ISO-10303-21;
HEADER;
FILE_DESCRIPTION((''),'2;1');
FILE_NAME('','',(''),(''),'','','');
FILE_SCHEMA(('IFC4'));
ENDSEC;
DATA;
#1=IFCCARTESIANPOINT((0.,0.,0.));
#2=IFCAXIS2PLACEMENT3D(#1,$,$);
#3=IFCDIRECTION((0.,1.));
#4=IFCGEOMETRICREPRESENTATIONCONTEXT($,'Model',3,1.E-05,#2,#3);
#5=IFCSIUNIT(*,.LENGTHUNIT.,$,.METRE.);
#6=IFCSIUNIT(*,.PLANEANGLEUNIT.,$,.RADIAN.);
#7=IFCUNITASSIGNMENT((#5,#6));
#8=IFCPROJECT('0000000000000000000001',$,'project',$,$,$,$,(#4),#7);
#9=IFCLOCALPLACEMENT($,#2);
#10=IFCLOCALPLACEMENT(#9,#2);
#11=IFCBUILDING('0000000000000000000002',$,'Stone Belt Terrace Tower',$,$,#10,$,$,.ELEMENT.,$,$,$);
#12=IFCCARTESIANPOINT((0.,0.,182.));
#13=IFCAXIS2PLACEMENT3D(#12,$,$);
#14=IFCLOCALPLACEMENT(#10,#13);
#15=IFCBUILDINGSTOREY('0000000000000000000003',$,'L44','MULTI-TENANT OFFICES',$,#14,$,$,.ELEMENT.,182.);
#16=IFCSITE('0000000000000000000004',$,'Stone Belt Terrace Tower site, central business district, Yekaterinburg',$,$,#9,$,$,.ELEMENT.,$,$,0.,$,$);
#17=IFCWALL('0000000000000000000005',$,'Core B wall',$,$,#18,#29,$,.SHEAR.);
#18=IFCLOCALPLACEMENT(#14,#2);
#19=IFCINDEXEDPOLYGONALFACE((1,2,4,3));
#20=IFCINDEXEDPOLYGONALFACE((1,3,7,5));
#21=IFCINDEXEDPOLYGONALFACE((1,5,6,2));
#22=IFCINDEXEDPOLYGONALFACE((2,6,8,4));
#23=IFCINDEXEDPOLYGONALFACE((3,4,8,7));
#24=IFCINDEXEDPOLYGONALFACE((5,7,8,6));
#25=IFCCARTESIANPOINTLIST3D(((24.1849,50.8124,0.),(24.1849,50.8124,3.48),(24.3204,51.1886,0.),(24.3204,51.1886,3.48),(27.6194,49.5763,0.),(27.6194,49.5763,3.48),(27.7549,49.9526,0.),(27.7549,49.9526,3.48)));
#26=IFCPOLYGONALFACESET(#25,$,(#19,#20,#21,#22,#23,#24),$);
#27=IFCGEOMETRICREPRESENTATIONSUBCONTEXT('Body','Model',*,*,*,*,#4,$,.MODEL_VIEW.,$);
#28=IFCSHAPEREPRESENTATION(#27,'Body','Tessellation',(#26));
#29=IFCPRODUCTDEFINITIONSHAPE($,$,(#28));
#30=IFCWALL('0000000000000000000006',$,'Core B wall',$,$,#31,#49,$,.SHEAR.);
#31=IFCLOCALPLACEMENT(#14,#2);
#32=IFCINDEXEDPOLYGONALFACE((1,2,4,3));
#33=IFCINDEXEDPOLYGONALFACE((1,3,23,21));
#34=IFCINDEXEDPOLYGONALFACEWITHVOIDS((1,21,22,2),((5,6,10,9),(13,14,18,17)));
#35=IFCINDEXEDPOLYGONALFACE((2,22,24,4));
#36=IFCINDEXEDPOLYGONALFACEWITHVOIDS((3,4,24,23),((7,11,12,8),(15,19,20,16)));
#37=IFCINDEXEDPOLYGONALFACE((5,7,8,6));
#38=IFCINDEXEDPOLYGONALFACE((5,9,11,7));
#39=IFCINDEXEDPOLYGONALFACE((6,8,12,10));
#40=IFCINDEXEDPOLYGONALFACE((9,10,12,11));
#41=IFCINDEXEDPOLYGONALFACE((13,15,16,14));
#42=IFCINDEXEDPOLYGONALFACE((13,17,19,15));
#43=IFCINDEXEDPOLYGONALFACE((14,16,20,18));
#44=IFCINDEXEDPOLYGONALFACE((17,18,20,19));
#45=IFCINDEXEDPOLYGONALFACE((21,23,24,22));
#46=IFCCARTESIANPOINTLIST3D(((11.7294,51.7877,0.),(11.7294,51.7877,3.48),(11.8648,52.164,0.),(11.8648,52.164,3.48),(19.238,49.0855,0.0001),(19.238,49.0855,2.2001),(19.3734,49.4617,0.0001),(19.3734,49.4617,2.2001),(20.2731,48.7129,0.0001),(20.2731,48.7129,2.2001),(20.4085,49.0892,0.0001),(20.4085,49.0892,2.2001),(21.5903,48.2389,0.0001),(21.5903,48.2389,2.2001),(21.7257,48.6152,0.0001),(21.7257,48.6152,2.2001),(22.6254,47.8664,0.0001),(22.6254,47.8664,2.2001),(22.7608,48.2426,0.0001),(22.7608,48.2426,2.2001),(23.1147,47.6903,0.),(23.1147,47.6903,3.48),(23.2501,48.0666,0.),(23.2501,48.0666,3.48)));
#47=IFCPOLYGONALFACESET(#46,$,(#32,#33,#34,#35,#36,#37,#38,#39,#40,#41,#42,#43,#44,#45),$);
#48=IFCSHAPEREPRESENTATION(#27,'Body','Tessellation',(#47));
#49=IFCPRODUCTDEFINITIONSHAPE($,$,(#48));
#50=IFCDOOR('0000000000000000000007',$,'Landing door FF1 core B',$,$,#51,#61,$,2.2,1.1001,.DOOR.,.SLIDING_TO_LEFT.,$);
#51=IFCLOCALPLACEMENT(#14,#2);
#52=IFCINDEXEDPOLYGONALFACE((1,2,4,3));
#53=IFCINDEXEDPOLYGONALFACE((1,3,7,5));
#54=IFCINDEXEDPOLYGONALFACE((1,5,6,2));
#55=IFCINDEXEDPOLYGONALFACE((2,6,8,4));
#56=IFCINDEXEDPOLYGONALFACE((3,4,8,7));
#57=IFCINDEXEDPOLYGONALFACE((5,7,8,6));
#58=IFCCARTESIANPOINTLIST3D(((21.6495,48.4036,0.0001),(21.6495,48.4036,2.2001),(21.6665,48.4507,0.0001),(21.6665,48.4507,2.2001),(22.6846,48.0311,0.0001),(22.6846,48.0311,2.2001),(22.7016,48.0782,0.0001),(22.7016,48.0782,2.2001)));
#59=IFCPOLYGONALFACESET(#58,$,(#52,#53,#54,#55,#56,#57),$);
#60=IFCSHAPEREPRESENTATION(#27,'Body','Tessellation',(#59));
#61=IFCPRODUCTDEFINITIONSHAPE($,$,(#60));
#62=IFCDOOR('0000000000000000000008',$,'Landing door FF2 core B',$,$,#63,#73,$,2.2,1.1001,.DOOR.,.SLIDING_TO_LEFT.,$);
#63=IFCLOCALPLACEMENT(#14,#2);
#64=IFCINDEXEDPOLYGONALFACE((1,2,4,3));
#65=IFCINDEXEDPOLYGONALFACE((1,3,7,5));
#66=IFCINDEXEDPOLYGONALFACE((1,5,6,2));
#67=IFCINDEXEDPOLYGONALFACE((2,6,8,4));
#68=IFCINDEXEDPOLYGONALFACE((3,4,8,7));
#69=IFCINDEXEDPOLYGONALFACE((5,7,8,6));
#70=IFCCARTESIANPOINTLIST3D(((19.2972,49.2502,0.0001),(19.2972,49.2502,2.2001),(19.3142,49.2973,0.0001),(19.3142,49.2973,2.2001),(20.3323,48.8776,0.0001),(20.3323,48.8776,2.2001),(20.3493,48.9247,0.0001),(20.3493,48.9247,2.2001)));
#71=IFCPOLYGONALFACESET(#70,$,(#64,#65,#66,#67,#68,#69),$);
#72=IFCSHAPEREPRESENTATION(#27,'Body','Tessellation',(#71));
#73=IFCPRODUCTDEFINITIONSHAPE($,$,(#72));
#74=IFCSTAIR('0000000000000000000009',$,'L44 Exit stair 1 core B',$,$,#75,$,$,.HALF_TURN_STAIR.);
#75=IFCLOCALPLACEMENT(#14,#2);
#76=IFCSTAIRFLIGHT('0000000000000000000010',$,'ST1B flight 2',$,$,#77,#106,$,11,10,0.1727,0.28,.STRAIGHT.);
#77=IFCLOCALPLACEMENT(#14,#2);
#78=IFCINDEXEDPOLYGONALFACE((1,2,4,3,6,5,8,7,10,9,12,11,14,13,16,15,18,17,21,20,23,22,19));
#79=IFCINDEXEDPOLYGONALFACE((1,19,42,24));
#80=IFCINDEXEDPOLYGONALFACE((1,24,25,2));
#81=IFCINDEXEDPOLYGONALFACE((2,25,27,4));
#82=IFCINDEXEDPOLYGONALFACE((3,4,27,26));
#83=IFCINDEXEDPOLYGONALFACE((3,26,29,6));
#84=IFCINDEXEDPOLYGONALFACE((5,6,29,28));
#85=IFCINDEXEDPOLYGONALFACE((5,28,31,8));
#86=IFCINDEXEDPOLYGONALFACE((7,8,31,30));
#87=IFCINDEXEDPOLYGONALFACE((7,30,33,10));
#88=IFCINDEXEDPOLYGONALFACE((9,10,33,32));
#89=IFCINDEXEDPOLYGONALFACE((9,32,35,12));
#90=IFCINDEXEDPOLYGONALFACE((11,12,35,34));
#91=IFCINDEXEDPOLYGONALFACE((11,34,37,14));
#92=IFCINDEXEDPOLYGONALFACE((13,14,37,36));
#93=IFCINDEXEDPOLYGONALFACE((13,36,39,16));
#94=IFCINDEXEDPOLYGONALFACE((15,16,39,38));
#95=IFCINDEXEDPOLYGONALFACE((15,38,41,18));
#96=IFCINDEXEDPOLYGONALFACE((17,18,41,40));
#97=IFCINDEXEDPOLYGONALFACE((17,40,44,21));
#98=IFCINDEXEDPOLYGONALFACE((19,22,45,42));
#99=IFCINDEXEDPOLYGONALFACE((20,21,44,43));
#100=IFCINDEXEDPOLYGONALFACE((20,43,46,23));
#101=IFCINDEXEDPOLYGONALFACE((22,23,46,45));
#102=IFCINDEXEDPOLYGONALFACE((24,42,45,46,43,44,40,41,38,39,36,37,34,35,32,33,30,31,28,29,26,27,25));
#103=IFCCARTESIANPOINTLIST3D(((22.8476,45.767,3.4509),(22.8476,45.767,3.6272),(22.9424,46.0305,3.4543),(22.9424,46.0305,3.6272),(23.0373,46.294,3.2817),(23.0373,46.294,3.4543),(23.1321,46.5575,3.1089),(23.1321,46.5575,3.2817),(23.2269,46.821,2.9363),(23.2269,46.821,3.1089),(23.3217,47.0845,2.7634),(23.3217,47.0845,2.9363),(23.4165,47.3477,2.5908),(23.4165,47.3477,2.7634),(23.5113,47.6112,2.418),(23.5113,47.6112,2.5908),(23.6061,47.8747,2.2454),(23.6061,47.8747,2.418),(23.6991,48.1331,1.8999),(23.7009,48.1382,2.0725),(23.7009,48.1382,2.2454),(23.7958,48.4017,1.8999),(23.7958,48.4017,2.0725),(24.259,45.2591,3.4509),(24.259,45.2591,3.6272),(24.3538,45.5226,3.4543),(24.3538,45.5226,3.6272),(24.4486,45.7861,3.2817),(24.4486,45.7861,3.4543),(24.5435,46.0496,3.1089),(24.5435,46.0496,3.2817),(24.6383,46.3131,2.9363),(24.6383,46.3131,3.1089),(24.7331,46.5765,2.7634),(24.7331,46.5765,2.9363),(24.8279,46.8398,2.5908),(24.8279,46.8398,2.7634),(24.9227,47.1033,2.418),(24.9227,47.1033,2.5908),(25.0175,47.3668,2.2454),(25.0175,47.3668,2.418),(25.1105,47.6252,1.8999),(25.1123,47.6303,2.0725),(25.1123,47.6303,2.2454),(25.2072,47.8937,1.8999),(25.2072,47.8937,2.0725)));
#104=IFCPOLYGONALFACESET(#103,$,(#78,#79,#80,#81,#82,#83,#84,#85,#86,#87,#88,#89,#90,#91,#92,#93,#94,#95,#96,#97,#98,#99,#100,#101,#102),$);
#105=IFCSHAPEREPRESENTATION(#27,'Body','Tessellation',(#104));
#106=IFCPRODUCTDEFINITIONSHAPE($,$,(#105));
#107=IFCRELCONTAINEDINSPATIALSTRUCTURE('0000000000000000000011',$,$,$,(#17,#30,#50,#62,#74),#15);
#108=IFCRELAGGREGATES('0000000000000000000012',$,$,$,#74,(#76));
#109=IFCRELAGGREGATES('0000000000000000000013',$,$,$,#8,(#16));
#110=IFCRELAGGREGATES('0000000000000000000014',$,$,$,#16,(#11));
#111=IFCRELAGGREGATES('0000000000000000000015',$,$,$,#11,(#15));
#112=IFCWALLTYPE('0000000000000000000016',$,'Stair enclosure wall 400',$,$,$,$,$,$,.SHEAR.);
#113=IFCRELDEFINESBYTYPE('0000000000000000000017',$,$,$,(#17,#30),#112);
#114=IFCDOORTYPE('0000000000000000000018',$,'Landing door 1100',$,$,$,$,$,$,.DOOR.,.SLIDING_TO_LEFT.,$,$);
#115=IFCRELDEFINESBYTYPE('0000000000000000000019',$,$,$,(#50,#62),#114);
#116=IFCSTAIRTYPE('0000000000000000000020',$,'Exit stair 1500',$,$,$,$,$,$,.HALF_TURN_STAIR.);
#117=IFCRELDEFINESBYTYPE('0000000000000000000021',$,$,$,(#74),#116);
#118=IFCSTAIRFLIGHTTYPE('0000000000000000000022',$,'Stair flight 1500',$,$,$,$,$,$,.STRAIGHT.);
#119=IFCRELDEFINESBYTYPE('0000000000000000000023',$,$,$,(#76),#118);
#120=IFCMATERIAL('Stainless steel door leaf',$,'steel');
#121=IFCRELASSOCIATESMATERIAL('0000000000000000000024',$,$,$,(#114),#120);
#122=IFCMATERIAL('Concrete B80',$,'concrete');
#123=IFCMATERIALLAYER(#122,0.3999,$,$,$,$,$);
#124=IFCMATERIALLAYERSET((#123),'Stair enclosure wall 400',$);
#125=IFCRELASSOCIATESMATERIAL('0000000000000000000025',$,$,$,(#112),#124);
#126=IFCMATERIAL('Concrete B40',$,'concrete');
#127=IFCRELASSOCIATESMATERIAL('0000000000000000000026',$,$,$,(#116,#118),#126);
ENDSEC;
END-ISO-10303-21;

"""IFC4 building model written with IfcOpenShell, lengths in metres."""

from ifc_helpers import new_model, si_unit, direction, frame, frame_2d, origin, place, context, subcontext, project, spatial, polyline, rectangle, outline, extrude, material, layer, layer_set, type_object, element, fill, aggregate, save


model = new_model("IFC4")

# Units and contexts
model_context = context("Model", 3, precision=1e-05, world=origin(), true_north=direction((0.0, 1.0)))
body_context = subcontext(model_context, "Body", "Model", "MODEL_VIEW")
ifc_project = project(units=[si_unit("LENGTHUNIT", "METRE"), si_unit("PLANEANGLEUNIT", "RADIAN")], contexts=[model_context])

# Site, building, storey
site_placement = place(None, origin())
site = spatial("IfcSite", under=ifc_project, at=site_placement, Name="Stone Belt Terrace Tower site, central business district, Yekaterinburg", CompositionType="ELEMENT", RefElevation=0.0)
building_placement = place(site_placement, origin())
building = spatial("IfcBuilding", under=site, at=building_placement, Name="Stone Belt Terrace Tower", CompositionType="ELEMENT")
storey_placement = place(building_placement, frame((0.0, 0.0, 182.0)))
storey = spatial("IfcBuildingStorey", under=building, at=storey_placement, Name="L44", Description="MULTI-TENANT OFFICES", CompositionType="ELEMENT", Elevation=182.0)

# Shared definitions
ifc_material_1 = material(Name="Concrete B80", Category="concrete")

# Shared definitions
ifc_material_2 = material(Name="Stainless steel door leaf", Category="steel")

# Shared definitions
door_type_1 = type_object("IfcDoorType", Name="Landing door 1100", OperationType="SLIDING_TO_LEFT", PredefinedType="DOOR", material=ifc_material_2)

# Wall
ifc_layer_1 = layer(ifc_material_1, 0.3999)
ifc_layer_set_1 = layer_set([ifc_layer_1], Name="Stair enclosure wall 400")
wall_type_1 = type_object("IfcWallType", Name="Stair enclosure wall 400", PredefinedType="SHEAR", material=ifc_layer_set_1)
wall_1_placement = place(storey_placement, frame((27.6873, 49.7644, 0.0), z_axis=(0.0, 0.0, 1.0), x_axis=(-0.940919, 0.338632, 0.0)))
element("IfcWall", 1, at=wall_1_placement, inside=storey, type_object=wall_type_1, Name="Core B wall", PredefinedType="SHEAR", context=body_context, shape_type="SweptSolid", body=[
    extrude(rectangle(XDim=3.6501, YDim=0.3999, at=frame_2d((1.8252, 0.0))), origin(), (0.0, 0.0, 1.0), 3.48),
])

# Wall, openings, doors
wall_2_placement = place(storey_placement, frame((23.1824, 47.8784, 0.0), z_axis=(0.0, 0.0, 1.0), x_axis=(-0.940921, 0.338626, 0.0)))
wall_2 = element("IfcWall", 2, at=wall_2_placement, inside=storey, type_object=wall_type_1, Name="Core B wall", PredefinedType="SHEAR", context=body_context, shape_type="SweptSolid", body=[
    extrude(rectangle(XDim=12.1001, YDim=0.3999, at=frame_2d((6.05, 0.0))), origin(), (0.0, 0.0, 1.0), 3.48),
])
opening_1_placement = place(wall_2_placement, frame((0.52, 0.0, 0.0)))
opening_1 = element("IfcOpeningElement", 3, at=opening_1_placement, cuts=wall_2, PredefinedType="OPENING", context=body_context, shape_type="SweptSolid", body=[
    extrude(rectangle(XDim=1.1001, YDim=2.2, at=frame_2d((0.55, 1.1001))), frame((0.0, 0.21, 0.0), z_axis=(0.0, -1.0, 0.0), x_axis=(1.0, 0.0, 0.0)), (0.0, 0.0, 1.0), 0.4199),
])
opening_2_placement = place(wall_2_placement, frame((3.02, 0.0, 0.0)))
opening_2 = element("IfcOpeningElement", 4, at=opening_2_placement, cuts=wall_2, PredefinedType="OPENING", context=body_context, shape_type="SweptSolid", body=[
    extrude(rectangle(XDim=1.1001, YDim=2.2, at=frame_2d((0.55, 1.1001))), frame((0.0, 0.21, 0.0), z_axis=(0.0, -1.0, 0.0), x_axis=(1.0, 0.0, 0.0)), (0.0, 0.0, 1.0), 0.4199),
])
door_1_placement = place(opening_1_placement, origin())
door_1 = element("IfcDoor", 5, at=door_1_placement, inside=storey, type_object=door_type_1, Name="Landing door FF1 core B", OperationType="SLIDING_TO_LEFT", OverallHeight=2.2, OverallWidth=1.1001, PredefinedType="DOOR", context=body_context, shape_type="SweptSolid", body=[
    extrude(rectangle(XDim=1.1001, YDim=2.2, at=frame_2d((0.55, 1.1001))), frame((0.0, 0.0249, 0.0), z_axis=(0.0, -1.0, 0.0), x_axis=(1.0, 0.0, 0.0)), (0.0, 0.0, 1.0), 0.05),
])
fill(opening_1, door_1)
door_2_placement = place(opening_2_placement, origin())
door_2 = element("IfcDoor", 6, at=door_2_placement, inside=storey, type_object=door_type_1, Name="Landing door FF2 core B", OperationType="SLIDING_TO_LEFT", OverallHeight=2.2, OverallWidth=1.1001, PredefinedType="DOOR", context=body_context, shape_type="SweptSolid", body=[
    extrude(rectangle(XDim=1.1001, YDim=2.2, at=frame_2d((0.55, 1.1001))), frame((0.0, 0.0249, 0.0), z_axis=(0.0, -1.0, 0.0), x_axis=(1.0, 0.0, 0.0)), (0.0, 0.0, 1.0), 0.05),
])
fill(opening_2, door_2)

# Stair, stair flight
ifc_material_3 = material(Name="Concrete B40", Category="concrete")
stair_type = type_object("IfcStairType", Name="Exit stair 1500", PredefinedType="HALF_TURN_STAIR", material=ifc_material_3)
stair_placement = place(storey_placement, origin())
stair = element("IfcStair", 7, at=stair_placement, inside=storey, type_object=stair_type, Name="L44 Exit stair 1 core B", PredefinedType="HALF_TURN_STAIR")
stair_flight_type = type_object("IfcStairFlightType", Name="Stair flight 1500", PredefinedType="STRAIGHT", material=ifc_material_3)
stair_flight_placement = place(storey_placement, frame((24.5015, 48.1477, 1.8999), z_axis=(0.0, 0.0, 1.0), x_axis=(-0.338624, -0.940922, 0.0)))
stair_flight = element("IfcStairFlight", 8, at=stair_flight_placement, type_object=stair_flight_type, Name="ST1B flight 2", NumberOfRisers=11, NumberOfTreads=10, PredefinedType="STRAIGHT", RiserHeight=0.1727, TreadLength=0.28, context=body_context, shape_type="SweptSolid", body=[
    extrude(outline(polyline([(0.0, 0.0), (0.0, 0.1726), (0.28, 0.1726), (0.28, 0.3455), (0.5601, 0.3455), (0.5601, 0.5181), (0.8401, 0.5181), (0.8401, 0.6909), (1.1201, 0.6909), (1.1201, 0.8635), (1.3999, 0.8635), (1.3999, 1.0364), (1.6799, 1.0364), (1.6799, 1.209), (1.96, 1.209), (1.96, 1.3818), (2.24, 1.3818), (2.24, 1.5544), (2.52, 1.5544), (2.52, 1.7273), (2.8, 1.7273), (2.8, 1.8999), (2.8, 1.551), (0.2854, 0.0), (0.0, 0.0)])), frame((0.0, 0.75, 0.0), z_axis=(0.0, -1.0, 0.0), x_axis=(1.0, 0.0, 0.0)), (0.0, 0.0, 1.0), 1.5),
])
aggregate(stair, [stair_flight])

save(model, "model.ifc")
